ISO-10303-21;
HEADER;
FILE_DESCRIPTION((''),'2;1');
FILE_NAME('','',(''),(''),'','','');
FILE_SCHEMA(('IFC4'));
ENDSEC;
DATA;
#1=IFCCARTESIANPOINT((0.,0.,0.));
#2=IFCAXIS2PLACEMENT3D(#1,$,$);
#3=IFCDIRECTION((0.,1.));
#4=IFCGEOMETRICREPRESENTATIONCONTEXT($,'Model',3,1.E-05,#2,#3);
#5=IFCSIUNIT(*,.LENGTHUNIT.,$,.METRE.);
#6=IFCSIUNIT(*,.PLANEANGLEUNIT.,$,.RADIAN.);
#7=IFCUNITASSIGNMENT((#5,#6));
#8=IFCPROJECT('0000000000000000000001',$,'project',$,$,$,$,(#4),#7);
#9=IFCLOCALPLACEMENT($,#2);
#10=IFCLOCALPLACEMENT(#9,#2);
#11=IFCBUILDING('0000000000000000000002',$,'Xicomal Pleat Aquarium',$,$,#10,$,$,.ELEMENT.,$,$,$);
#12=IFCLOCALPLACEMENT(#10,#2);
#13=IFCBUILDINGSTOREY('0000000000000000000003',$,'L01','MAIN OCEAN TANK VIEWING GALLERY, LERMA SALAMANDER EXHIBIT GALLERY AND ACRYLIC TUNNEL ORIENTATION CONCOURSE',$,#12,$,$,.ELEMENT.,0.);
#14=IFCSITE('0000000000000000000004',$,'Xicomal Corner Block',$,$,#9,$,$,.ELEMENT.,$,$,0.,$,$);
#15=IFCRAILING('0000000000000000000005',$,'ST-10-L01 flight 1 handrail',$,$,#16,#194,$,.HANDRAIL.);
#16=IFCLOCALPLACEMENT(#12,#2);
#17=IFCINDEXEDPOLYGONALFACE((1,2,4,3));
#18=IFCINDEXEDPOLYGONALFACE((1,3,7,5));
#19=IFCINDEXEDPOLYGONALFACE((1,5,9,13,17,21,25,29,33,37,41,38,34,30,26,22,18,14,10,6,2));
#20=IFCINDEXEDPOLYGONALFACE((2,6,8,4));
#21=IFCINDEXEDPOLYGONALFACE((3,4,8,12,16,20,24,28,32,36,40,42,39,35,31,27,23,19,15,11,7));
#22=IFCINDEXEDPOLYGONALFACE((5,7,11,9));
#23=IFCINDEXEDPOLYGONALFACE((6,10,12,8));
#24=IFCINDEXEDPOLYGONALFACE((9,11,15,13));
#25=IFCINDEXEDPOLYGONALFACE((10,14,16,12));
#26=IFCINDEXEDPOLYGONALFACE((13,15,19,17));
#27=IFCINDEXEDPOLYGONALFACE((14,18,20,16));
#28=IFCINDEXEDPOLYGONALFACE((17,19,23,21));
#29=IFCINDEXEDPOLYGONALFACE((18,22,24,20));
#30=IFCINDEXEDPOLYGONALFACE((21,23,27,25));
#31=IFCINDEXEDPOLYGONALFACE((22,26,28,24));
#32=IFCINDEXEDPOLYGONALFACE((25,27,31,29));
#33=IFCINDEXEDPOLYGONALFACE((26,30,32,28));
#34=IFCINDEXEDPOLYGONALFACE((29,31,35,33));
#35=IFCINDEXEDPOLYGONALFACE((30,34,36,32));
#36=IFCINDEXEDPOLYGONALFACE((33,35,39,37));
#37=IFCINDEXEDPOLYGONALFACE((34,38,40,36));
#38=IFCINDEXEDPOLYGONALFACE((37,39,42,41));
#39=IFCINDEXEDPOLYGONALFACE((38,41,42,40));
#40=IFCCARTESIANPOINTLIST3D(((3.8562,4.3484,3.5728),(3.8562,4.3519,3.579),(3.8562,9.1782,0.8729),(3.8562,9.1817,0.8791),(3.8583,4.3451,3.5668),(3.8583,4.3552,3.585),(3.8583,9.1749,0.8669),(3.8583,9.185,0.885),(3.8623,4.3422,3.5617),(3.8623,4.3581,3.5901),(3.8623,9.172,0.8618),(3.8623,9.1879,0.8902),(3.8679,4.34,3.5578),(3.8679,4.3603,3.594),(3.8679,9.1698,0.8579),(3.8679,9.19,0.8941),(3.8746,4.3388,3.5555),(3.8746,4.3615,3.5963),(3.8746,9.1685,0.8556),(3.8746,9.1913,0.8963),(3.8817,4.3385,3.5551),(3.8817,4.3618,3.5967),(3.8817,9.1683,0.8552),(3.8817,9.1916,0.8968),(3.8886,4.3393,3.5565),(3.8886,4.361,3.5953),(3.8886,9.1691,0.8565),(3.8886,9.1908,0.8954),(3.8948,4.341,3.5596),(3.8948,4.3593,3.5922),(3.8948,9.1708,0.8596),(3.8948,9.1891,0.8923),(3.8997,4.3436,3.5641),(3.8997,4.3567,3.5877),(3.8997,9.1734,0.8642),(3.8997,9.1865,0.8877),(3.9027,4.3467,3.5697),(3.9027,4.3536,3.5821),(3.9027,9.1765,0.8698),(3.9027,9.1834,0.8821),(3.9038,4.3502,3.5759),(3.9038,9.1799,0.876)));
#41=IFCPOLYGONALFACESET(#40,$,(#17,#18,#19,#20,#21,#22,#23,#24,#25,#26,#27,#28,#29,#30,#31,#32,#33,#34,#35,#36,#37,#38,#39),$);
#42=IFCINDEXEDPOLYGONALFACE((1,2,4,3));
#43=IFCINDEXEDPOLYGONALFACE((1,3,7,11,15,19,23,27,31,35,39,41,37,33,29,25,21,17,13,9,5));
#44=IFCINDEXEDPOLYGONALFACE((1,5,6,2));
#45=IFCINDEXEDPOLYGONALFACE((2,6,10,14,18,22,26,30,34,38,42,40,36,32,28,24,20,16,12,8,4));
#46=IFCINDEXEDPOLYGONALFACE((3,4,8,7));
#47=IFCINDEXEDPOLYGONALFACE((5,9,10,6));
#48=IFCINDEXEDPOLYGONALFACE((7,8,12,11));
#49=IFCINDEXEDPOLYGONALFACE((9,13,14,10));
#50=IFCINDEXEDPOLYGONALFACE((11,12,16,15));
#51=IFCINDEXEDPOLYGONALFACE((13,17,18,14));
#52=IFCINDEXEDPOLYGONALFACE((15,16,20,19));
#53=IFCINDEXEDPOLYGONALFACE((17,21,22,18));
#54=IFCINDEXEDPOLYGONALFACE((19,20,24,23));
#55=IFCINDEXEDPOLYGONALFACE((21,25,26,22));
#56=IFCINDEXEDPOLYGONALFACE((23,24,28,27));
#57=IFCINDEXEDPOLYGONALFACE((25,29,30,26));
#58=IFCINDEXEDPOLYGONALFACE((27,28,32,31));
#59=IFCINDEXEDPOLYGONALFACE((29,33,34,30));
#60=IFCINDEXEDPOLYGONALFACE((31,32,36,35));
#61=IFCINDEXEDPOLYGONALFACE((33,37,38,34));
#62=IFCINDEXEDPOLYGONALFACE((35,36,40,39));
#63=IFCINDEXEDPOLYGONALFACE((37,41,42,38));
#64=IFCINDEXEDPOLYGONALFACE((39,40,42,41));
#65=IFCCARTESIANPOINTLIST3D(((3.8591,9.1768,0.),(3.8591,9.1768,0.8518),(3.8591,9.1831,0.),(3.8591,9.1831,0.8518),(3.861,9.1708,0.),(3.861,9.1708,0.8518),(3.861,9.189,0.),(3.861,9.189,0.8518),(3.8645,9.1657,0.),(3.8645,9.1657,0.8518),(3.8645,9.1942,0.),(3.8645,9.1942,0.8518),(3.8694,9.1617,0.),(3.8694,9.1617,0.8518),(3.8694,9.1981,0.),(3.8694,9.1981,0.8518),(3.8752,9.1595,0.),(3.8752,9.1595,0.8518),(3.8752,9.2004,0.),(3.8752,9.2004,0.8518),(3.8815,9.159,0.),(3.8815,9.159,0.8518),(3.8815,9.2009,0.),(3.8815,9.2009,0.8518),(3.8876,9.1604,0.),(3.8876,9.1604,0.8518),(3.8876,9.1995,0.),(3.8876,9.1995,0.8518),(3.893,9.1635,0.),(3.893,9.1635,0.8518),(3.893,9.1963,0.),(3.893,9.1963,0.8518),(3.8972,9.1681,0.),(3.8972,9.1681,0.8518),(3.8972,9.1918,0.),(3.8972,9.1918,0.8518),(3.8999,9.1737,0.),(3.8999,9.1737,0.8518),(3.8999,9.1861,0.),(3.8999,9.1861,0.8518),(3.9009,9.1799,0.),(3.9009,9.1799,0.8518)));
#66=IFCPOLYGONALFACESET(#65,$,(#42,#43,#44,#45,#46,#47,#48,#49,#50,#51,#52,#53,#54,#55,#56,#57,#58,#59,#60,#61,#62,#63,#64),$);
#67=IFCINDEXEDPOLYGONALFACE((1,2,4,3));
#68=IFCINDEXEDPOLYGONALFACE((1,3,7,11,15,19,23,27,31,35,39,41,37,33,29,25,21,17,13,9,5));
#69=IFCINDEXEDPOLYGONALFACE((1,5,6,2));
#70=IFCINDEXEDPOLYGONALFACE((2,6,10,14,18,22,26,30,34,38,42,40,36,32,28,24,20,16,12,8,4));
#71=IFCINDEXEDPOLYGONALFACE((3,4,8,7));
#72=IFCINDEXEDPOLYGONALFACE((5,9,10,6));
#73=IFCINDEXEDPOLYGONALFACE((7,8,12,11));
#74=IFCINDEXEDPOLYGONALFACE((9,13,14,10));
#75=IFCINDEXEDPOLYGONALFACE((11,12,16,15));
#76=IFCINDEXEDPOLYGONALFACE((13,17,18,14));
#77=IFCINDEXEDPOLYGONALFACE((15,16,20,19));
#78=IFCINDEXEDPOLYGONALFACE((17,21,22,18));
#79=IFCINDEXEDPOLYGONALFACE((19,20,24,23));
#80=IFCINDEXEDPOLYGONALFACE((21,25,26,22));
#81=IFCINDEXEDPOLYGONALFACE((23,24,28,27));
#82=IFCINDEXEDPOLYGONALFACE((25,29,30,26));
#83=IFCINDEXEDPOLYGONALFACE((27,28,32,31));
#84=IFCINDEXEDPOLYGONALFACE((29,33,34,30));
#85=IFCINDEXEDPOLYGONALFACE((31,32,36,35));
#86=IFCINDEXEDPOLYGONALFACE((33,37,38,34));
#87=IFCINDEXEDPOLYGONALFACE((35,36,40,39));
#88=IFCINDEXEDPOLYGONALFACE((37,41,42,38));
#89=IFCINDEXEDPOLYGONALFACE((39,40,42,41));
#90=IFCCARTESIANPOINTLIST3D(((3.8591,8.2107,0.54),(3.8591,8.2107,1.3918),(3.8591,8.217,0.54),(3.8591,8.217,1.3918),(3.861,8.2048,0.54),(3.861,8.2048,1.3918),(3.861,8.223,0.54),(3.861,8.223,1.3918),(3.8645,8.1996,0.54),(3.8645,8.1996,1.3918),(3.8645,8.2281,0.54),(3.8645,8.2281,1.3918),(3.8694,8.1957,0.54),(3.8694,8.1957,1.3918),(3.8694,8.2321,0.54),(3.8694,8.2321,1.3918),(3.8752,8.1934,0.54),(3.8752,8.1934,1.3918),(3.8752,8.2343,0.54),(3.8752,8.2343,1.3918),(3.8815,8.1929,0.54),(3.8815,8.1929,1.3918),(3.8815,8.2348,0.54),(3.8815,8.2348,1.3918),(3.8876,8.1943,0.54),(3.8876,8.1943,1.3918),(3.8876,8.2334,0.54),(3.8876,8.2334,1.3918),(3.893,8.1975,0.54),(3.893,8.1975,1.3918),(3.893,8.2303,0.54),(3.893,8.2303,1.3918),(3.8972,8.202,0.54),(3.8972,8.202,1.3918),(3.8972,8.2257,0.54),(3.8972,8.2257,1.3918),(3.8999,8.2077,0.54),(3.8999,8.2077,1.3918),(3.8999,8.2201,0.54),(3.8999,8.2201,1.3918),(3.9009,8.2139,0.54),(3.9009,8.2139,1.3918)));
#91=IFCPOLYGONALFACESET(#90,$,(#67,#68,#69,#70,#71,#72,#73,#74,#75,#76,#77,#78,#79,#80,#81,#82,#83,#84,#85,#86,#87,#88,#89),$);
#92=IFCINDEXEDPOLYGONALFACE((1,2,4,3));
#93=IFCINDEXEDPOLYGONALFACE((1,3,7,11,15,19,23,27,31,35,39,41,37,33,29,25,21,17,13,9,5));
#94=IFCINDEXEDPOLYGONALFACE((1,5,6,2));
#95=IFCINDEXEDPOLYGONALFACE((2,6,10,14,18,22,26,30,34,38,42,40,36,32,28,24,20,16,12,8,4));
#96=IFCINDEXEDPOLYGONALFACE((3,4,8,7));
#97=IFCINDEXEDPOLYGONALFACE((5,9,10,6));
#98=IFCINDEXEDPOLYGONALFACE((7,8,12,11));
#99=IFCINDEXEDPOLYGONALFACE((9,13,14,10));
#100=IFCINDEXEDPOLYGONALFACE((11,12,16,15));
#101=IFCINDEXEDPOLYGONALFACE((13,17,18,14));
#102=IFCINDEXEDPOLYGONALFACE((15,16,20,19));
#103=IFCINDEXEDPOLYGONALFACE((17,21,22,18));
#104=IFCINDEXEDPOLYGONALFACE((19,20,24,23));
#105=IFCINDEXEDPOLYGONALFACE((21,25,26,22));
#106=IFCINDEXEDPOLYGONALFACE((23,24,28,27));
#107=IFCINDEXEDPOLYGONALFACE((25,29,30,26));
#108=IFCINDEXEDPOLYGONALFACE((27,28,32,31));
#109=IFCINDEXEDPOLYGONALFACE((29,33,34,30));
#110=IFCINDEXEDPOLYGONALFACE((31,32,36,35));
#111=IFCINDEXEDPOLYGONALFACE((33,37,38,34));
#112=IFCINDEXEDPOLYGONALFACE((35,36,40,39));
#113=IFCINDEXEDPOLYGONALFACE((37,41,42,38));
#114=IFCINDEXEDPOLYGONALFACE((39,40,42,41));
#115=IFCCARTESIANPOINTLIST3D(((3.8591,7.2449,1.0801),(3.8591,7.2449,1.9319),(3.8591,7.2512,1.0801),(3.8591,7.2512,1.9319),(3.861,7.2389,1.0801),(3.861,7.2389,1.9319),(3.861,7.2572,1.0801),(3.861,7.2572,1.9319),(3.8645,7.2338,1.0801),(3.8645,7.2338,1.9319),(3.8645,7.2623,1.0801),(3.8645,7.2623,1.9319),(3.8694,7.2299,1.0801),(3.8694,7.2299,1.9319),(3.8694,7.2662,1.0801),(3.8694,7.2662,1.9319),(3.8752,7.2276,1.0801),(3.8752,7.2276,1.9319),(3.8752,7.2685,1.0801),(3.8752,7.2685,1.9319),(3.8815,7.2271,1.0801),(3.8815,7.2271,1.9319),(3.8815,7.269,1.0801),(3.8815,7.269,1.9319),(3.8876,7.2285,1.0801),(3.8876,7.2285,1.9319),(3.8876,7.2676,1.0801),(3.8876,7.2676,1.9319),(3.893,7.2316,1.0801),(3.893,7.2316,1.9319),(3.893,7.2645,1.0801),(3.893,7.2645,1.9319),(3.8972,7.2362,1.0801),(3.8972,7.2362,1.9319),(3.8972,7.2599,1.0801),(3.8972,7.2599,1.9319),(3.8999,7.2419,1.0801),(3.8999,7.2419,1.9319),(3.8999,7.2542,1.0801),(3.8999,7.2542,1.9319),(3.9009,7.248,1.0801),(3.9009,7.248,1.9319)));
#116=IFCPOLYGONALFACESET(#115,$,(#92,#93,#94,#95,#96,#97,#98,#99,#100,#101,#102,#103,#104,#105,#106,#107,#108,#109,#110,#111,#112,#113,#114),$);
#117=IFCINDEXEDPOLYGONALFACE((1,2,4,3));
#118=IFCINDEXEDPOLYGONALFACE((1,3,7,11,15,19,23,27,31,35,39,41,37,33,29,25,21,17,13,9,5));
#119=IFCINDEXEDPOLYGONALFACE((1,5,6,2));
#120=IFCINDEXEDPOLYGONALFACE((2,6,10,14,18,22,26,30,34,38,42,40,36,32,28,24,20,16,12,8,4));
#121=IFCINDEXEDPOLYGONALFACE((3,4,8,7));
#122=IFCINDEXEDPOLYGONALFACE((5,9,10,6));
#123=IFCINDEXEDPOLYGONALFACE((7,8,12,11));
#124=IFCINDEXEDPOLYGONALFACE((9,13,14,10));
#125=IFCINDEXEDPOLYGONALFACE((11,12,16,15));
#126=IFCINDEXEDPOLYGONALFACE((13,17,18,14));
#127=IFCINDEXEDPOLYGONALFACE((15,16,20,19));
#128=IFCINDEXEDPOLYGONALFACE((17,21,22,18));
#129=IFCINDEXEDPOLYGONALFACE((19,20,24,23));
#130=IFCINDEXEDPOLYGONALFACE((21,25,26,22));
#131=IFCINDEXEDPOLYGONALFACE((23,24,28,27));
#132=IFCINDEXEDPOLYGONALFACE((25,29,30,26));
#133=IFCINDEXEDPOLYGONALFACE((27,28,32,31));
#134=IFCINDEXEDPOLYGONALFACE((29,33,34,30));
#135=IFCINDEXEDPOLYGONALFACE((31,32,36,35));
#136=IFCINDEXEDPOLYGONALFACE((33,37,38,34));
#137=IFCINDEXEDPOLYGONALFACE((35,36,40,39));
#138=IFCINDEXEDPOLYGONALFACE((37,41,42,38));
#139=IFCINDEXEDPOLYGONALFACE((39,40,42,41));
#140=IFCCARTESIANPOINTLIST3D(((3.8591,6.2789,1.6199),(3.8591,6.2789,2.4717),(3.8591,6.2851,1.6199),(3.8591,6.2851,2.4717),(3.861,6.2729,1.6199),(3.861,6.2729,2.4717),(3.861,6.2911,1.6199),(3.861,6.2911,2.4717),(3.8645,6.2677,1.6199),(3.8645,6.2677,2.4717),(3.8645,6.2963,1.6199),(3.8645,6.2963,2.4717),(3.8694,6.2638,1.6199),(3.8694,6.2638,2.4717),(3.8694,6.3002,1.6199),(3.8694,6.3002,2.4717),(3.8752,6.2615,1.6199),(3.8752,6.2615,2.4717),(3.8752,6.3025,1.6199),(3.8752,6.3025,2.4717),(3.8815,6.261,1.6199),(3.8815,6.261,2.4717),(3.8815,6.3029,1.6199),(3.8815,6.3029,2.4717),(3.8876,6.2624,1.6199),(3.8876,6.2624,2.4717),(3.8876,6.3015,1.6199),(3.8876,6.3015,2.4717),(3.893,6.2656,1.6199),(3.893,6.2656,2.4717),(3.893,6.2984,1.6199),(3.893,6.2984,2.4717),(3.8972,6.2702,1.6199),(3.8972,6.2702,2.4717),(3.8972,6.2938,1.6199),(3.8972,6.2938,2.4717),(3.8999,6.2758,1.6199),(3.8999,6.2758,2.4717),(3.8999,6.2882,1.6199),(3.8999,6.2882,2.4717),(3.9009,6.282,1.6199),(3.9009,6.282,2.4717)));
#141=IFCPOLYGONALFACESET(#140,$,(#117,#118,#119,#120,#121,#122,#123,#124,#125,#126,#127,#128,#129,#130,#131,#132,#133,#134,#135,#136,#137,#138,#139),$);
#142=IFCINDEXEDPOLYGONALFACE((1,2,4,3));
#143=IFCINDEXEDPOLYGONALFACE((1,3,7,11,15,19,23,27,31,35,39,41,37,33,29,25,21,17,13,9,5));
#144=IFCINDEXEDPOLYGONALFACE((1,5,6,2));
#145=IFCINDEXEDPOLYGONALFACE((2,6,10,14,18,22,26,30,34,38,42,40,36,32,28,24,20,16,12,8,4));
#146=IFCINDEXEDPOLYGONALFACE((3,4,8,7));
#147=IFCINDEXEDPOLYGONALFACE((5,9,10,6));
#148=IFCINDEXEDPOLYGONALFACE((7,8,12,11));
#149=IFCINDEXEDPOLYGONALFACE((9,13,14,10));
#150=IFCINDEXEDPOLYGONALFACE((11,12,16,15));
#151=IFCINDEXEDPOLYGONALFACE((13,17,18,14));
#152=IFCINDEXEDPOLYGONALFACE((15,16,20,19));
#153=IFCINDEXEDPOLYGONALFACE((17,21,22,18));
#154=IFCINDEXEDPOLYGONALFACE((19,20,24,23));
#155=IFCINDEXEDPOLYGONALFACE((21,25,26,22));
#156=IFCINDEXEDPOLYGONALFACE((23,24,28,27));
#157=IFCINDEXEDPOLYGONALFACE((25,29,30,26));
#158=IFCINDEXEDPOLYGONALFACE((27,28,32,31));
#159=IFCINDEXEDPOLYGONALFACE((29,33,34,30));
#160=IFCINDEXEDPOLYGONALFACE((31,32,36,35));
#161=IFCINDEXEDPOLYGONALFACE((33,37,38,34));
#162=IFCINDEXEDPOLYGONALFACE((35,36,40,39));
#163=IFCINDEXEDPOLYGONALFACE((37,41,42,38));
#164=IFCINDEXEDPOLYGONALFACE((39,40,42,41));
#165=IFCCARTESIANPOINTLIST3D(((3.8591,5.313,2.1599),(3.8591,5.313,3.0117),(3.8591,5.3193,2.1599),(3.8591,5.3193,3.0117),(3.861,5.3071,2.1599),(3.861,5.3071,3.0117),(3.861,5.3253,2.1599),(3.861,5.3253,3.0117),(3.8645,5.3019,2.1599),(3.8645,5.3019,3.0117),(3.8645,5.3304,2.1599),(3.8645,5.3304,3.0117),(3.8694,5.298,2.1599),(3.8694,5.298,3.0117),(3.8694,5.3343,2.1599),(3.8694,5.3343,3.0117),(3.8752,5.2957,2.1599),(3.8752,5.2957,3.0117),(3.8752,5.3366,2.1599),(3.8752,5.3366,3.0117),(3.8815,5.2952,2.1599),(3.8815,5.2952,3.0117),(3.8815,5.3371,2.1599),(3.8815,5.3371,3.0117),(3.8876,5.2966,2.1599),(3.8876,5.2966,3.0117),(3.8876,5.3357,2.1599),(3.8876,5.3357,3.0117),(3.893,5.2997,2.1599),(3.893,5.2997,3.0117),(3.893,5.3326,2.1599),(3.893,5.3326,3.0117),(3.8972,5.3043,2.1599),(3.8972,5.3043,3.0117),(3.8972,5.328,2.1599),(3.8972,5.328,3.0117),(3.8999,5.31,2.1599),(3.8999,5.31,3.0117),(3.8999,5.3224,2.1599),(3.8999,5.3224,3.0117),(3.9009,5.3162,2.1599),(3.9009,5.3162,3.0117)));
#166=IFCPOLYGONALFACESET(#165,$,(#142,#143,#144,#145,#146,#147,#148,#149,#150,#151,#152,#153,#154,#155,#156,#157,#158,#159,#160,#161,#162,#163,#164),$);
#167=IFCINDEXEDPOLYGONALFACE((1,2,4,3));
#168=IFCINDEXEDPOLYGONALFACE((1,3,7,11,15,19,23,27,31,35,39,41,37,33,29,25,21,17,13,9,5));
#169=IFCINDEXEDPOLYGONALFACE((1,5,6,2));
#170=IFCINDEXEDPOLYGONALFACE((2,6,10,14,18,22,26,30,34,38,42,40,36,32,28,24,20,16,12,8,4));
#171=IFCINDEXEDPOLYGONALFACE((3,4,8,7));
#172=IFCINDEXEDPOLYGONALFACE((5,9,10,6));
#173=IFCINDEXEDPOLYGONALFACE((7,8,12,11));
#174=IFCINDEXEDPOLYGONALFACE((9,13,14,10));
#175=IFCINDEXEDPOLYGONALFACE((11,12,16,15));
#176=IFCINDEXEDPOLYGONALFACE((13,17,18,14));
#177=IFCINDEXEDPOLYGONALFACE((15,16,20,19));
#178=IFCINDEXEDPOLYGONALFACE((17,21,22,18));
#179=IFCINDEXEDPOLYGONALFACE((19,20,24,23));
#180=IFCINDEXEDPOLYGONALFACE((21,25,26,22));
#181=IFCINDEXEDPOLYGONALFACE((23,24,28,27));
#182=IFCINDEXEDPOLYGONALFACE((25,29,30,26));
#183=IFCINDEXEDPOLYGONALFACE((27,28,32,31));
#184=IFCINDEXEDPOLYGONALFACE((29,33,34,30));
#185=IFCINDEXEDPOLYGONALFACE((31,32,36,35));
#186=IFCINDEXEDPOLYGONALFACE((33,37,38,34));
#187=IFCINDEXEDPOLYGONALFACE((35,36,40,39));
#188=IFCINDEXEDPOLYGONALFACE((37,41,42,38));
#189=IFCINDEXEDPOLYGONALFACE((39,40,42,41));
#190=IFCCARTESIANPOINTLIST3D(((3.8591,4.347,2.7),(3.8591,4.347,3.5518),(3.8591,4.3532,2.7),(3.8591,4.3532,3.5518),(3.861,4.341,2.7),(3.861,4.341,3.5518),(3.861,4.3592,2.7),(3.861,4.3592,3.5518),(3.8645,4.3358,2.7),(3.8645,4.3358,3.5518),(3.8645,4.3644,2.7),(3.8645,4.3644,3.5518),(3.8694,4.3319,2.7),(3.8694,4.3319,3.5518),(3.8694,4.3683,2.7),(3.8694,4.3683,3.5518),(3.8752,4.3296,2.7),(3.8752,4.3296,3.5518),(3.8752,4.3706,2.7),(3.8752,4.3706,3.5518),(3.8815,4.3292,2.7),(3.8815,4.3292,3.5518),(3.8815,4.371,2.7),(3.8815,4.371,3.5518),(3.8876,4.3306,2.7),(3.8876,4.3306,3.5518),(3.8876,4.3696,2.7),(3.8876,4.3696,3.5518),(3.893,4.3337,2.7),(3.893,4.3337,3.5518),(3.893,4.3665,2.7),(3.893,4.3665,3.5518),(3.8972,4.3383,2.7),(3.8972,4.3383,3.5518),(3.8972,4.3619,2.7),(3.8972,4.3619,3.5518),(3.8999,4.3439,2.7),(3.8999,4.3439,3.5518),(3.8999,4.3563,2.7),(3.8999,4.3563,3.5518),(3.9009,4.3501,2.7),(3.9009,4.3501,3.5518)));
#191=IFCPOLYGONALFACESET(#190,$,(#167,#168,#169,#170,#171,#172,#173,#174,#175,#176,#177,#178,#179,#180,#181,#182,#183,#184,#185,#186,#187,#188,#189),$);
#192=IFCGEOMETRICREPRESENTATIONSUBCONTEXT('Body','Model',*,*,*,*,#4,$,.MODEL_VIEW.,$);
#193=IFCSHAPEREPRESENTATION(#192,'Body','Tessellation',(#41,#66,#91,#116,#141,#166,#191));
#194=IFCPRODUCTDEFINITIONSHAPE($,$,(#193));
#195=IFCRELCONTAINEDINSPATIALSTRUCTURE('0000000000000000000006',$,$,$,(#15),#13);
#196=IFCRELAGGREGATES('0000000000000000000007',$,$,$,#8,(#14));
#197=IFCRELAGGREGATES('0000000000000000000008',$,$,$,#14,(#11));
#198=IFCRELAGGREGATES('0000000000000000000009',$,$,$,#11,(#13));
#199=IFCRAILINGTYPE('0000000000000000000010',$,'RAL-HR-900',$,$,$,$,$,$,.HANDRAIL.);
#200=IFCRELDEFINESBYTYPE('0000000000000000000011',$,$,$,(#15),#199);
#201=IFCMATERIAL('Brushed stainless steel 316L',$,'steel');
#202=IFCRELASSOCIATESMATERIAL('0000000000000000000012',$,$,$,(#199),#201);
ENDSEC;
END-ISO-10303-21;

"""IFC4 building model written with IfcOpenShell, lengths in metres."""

from ifc_helpers import new_model, si_unit, direction, frame, origin, origin_2d, place, context, subcontext, project, spatial, circle, extrude, material, type_object, element, save


model = new_model("IFC4")

# Units and contexts
model_context = context("Model", 3, precision=1e-05, world=origin(), true_north=direction((0.0, 1.0)))
body_context = subcontext(model_context, "Body", "Model", "MODEL_VIEW")
ifc_project = project(units=[si_unit("LENGTHUNIT", "METRE"), si_unit("PLANEANGLEUNIT", "RADIAN")], contexts=[model_context])

# Site, building, storey
site_placement = place(None, origin())
site = spatial("IfcSite", under=ifc_project, at=site_placement, Name="Xicomal Corner Block", CompositionType="ELEMENT", RefElevation=0.0)
building_placement = place(site_placement, origin())
building = spatial("IfcBuilding", under=site, at=building_placement, Name="Xicomal Pleat Aquarium", CompositionType="ELEMENT")
storey_placement = place(building_placement, origin())
storey = spatial("IfcBuildingStorey", under=building, at=storey_placement, Name="L01", Description="MAIN OCEAN TANK VIEWING GALLERY, LERMA SALAMANDER EXHIBIT GALLERY AND ACRYLIC TUNNEL ORIENTATION CONCOURSE", CompositionType="ELEMENT", Elevation=0.0)

# Railing
ifc_material_1 = material(Name="Brushed stainless steel 316L", Category="steel")
railing_type_1 = type_object("IfcRailingType", Name="RAL-HR-900", PredefinedType="HANDRAIL", material=ifc_material_1)
railing_1_placement = place(storey_placement, frame((3.8799, 9.1799, 0.0)))
element("IfcRailing", 1, at=railing_1_placement, inside=storey, type_object=railing_type_1, Name="ST-10-L01 flight 1 handrail", PredefinedType="HANDRAIL", context=body_context, shape_type="SweptSolid", body=[
    extrude(circle(Radius=0.0239, at=origin_2d()), frame((0.0, 0.0, 0.876), z_axis=(0.0, -0.872872, 0.487949), x_axis=(1.0, 0.0, 0.0)), (0.0, 0.0, 1.0), 5.5332),
    extrude(circle(Radius=0.021, at=origin_2d()), origin(), (0.0, 0.0, 1.0), 0.8518),
    extrude(circle(Radius=0.021, at=origin_2d()), frame((0.0, -0.9661, 0.54)), (0.0, 0.0, 1.0), 0.8518),
    extrude(circle(Radius=0.021, at=origin_2d()), frame((0.0, -1.9319, 1.0801)), (0.0, 0.0, 1.0), 0.8518),
    extrude(circle(Radius=0.021, at=origin_2d()), frame((0.0, -2.8979, 1.6199)), (0.0, 0.0, 1.0), 0.8518),
    extrude(circle(Radius=0.021, at=origin_2d()), frame((0.0, -3.8638, 2.1599)), (0.0, 0.0, 1.0), 0.8518),
    extrude(circle(Radius=0.021, at=origin_2d()), frame((0.0, -4.8298, 2.7)), (0.0, 0.0, 1.0), 0.8518),
])

save(model, "model.ifc")
